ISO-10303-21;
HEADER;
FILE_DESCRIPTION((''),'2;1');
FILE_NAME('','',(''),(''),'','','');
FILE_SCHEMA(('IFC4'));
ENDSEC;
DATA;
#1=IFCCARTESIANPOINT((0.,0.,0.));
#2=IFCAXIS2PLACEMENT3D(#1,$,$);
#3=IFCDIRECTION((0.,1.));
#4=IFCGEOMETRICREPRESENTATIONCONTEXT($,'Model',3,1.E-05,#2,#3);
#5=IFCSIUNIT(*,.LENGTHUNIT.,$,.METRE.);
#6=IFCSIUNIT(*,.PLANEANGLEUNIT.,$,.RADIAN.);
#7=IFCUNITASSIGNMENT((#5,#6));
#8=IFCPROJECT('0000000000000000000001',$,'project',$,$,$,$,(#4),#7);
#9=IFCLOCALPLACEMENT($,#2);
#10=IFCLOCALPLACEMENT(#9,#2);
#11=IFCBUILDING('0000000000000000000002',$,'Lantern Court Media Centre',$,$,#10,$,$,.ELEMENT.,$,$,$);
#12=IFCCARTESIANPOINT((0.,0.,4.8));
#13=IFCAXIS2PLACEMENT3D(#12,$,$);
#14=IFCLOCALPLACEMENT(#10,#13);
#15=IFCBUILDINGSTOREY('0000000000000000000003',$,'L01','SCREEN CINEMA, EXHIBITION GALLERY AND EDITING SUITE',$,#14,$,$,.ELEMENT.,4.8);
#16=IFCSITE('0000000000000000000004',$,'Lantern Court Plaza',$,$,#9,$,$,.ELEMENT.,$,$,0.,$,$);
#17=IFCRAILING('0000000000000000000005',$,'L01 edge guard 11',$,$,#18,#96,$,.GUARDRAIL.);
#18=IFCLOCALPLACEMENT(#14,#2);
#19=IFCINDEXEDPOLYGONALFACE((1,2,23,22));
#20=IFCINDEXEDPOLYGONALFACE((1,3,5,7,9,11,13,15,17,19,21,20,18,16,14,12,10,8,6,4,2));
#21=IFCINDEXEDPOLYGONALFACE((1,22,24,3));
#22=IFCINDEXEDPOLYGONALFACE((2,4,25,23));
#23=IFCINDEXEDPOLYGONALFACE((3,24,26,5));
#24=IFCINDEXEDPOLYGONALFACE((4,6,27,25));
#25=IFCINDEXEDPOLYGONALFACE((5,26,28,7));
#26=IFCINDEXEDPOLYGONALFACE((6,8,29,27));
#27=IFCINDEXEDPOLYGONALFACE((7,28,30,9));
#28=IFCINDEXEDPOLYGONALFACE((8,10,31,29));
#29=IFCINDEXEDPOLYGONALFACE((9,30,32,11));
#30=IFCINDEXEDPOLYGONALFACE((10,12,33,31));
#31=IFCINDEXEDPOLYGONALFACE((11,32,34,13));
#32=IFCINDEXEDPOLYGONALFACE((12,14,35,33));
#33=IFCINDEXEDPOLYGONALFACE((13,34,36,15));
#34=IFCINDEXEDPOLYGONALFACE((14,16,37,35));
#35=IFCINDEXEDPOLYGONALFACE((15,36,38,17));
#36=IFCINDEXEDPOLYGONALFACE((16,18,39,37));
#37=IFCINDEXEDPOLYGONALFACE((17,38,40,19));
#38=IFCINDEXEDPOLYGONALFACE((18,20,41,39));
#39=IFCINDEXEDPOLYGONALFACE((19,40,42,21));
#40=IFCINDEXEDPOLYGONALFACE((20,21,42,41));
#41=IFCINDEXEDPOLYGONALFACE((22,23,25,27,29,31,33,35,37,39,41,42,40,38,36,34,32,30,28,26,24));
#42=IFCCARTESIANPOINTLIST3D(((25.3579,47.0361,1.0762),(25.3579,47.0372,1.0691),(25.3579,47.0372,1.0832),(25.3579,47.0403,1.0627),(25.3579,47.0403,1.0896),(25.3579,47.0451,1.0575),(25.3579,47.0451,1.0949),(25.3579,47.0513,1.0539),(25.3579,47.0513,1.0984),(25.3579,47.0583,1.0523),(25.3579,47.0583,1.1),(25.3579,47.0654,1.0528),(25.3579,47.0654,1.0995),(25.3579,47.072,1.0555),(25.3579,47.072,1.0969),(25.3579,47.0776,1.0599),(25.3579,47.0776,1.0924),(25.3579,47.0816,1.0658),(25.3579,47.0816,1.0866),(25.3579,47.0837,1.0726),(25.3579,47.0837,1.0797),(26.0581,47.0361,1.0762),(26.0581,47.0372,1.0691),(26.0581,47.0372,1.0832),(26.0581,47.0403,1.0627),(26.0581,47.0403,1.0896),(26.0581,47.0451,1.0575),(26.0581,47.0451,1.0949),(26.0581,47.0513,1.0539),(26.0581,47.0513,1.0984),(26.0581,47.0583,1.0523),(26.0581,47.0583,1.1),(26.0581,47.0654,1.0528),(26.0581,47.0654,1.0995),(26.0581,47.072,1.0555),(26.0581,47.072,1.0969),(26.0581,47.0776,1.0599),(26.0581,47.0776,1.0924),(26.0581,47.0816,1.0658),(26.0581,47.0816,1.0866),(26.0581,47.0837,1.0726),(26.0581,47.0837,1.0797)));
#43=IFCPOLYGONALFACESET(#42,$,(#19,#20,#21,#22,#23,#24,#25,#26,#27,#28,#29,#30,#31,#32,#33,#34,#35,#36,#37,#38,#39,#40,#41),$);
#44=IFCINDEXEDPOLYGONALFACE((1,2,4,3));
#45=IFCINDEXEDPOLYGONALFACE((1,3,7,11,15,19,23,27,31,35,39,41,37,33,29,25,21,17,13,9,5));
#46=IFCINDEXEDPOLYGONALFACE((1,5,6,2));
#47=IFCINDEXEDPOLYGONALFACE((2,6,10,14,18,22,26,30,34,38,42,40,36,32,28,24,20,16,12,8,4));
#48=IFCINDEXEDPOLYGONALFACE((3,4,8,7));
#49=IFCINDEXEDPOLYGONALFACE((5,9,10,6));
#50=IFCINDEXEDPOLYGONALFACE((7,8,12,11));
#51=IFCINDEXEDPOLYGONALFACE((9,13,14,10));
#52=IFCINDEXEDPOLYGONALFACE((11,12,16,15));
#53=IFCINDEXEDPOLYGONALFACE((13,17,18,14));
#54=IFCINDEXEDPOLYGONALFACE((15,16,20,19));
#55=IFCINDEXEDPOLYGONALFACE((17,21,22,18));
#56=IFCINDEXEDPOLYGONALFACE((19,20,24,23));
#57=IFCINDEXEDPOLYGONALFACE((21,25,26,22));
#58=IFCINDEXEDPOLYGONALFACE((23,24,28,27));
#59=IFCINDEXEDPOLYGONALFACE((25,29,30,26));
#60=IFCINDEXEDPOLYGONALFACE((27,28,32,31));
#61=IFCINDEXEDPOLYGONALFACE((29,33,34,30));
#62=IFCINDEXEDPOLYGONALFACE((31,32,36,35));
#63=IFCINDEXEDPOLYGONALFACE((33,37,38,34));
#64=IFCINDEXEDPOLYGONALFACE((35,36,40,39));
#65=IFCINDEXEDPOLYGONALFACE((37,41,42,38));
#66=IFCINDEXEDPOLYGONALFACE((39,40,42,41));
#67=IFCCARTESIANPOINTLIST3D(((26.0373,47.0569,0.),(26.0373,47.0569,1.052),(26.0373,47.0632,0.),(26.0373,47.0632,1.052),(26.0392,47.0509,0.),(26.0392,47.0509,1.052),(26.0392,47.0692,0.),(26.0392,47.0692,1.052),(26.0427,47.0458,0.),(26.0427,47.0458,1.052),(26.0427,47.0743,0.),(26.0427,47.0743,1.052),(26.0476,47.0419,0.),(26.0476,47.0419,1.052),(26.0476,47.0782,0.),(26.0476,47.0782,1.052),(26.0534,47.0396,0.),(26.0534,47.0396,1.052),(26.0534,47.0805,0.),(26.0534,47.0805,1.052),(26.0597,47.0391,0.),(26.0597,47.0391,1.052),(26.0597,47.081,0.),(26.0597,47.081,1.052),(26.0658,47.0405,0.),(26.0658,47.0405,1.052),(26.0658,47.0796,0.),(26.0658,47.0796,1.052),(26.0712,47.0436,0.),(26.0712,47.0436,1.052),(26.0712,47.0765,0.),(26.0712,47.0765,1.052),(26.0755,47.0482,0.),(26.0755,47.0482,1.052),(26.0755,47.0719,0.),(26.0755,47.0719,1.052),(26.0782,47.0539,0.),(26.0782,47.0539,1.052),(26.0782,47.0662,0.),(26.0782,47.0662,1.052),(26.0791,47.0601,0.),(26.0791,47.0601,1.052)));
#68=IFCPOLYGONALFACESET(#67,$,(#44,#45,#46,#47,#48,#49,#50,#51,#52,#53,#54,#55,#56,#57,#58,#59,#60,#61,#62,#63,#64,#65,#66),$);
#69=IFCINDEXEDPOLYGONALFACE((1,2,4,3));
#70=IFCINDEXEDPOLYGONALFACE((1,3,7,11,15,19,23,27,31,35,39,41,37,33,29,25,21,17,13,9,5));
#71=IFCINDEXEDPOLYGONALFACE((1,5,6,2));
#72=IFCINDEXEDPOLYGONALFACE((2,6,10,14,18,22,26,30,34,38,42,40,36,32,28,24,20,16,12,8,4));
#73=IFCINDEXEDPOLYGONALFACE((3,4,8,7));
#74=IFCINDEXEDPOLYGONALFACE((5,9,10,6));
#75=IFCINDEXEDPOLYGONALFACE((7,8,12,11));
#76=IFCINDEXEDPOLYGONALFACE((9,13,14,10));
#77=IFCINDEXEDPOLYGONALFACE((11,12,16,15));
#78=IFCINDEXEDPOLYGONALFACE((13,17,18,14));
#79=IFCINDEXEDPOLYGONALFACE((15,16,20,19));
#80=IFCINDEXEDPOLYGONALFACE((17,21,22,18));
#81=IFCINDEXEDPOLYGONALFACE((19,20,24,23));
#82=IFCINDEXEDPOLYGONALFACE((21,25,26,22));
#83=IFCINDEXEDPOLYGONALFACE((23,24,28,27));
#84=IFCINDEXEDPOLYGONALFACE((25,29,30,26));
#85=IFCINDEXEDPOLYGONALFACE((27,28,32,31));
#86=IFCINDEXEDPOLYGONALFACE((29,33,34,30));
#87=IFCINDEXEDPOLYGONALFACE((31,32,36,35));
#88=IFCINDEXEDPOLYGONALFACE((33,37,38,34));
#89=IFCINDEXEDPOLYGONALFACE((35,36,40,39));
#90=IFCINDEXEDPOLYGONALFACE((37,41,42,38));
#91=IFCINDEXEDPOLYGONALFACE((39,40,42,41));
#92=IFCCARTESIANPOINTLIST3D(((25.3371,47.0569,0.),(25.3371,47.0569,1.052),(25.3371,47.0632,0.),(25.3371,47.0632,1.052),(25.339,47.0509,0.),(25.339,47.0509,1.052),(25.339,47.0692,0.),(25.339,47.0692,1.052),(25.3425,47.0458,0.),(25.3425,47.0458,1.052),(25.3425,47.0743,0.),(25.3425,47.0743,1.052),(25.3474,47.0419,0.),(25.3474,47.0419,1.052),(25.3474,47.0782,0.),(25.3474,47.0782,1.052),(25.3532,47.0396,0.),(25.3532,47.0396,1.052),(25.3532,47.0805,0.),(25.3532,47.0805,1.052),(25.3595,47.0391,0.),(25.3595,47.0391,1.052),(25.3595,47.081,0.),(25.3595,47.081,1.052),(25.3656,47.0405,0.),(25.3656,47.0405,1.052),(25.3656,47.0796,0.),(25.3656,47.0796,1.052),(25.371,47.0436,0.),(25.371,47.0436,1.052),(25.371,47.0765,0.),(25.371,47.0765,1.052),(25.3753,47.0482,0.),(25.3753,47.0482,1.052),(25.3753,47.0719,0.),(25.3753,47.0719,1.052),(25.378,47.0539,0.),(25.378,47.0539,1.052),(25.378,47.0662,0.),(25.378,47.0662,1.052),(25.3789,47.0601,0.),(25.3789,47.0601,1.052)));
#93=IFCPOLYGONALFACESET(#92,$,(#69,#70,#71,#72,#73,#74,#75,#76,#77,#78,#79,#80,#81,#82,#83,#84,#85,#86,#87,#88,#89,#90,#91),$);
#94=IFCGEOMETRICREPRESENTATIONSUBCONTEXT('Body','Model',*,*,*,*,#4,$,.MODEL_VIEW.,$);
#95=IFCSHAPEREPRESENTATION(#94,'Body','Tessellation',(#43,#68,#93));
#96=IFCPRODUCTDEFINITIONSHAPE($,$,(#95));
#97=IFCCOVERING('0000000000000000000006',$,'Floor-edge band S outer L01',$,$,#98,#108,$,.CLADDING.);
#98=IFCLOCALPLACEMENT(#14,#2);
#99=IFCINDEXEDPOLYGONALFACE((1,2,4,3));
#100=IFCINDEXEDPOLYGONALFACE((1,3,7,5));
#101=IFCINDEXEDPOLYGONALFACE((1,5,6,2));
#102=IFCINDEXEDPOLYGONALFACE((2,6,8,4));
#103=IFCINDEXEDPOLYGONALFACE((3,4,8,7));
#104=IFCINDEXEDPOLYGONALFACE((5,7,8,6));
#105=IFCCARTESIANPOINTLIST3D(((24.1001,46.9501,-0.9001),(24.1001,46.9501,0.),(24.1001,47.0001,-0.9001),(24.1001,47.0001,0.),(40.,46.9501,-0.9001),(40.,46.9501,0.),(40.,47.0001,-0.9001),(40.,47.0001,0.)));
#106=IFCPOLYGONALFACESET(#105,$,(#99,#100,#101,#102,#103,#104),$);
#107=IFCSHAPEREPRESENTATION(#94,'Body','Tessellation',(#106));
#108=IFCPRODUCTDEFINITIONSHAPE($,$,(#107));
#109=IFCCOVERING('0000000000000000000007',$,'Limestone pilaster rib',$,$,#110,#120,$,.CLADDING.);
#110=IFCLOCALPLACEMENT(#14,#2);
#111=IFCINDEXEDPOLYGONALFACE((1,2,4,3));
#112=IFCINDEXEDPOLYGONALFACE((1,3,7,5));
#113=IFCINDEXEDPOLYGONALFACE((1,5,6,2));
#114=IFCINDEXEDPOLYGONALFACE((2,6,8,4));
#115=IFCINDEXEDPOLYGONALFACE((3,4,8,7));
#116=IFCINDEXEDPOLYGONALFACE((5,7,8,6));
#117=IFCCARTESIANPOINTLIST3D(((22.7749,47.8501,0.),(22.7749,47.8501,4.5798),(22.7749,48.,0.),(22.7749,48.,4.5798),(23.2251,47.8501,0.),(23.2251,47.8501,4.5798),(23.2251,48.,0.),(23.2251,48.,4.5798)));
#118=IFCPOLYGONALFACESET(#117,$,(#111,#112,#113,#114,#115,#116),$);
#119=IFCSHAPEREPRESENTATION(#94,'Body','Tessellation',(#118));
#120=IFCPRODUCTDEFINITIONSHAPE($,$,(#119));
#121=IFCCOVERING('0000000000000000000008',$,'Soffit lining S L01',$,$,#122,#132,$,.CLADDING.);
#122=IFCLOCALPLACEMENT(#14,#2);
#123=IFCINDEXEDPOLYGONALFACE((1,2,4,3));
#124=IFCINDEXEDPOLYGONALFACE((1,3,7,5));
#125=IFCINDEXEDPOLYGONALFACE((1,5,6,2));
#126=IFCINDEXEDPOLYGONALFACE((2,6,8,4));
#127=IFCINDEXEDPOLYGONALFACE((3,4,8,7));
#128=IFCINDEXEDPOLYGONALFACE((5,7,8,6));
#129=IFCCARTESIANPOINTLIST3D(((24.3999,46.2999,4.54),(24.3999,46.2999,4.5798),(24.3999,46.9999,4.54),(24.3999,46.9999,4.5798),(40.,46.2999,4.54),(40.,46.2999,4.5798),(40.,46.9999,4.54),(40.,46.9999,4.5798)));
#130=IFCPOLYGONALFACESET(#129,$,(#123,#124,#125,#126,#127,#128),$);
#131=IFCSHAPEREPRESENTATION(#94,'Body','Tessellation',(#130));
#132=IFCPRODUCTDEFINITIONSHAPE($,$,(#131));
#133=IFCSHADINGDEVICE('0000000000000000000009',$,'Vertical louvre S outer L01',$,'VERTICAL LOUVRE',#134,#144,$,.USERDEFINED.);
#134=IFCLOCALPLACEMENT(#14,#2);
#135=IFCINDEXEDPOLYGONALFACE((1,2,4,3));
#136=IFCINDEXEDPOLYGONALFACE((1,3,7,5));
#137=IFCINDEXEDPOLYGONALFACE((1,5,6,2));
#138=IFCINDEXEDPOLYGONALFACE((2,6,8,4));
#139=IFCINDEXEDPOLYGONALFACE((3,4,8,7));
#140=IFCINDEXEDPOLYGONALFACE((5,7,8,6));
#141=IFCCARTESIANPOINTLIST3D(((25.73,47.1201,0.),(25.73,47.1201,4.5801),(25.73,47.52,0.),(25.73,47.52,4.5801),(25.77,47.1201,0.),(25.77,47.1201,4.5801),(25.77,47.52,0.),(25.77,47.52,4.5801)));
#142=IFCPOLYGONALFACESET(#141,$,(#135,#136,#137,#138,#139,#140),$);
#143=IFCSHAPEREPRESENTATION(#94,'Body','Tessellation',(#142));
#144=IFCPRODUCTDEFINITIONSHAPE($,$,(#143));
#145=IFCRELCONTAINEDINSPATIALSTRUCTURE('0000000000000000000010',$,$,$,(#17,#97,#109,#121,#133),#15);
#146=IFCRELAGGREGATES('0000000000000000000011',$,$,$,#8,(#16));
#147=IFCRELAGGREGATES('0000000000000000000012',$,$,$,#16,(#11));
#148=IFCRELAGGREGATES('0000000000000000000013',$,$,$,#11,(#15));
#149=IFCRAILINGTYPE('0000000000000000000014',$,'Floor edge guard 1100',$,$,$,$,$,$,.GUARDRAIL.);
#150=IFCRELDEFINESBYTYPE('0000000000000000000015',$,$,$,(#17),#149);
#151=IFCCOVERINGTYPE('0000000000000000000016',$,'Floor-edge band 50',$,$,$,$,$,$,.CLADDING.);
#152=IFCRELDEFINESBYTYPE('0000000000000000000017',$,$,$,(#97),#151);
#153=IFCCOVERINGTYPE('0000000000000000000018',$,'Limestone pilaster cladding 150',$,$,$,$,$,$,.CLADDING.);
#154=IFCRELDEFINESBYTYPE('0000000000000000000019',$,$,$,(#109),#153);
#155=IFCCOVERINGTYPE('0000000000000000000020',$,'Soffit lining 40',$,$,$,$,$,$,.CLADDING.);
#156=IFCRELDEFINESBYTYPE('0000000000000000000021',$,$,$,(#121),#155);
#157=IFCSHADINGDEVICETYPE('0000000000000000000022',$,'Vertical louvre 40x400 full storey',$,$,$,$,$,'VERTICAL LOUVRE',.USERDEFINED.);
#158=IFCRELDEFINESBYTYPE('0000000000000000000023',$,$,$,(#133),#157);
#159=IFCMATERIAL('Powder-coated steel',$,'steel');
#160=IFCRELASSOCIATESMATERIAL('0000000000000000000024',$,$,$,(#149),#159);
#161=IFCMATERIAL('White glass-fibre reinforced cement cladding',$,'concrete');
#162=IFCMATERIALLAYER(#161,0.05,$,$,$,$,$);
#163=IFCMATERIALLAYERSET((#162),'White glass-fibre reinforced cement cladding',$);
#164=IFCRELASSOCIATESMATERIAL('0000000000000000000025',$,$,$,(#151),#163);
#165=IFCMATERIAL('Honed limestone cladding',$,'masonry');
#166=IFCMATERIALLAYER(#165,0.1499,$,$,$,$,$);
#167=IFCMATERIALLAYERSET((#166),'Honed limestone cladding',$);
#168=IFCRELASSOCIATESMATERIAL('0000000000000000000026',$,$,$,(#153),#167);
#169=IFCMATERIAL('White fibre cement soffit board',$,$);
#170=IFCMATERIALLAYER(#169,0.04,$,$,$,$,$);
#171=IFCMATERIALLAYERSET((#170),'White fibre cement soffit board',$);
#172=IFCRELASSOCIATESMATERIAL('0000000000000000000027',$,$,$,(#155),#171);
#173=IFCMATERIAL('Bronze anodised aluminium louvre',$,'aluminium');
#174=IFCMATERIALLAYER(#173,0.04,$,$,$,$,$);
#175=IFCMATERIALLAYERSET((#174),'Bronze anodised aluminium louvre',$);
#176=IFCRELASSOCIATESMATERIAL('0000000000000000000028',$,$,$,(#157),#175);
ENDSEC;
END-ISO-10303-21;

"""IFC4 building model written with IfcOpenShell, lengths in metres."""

from ifc_helpers import new_model, si_unit, direction, frame, frame_2d, origin, origin_2d, place, context, subcontext, project, spatial, rectangle, circle, extrude, material, layer, layer_set, type_object, element, save


model = new_model("IFC4")

# Units and contexts
model_context = context("Model", 3, precision=1e-05, world=origin(), true_north=direction((0.0, 1.0)))
body_context = subcontext(model_context, "Body", "Model", "MODEL_VIEW")
ifc_project = project(units=[si_unit("LENGTHUNIT", "METRE"), si_unit("PLANEANGLEUNIT", "RADIAN")], contexts=[model_context])

# Site, building, storey
site_placement = place(None, origin())
site = spatial("IfcSite", under=ifc_project, at=site_placement, Name="Lantern Court Plaza", CompositionType="ELEMENT", RefElevation=0.0)
building_placement = place(site_placement, origin())
building = spatial("IfcBuilding", under=site, at=building_placement, Name="Lantern Court Media Centre", CompositionType="ELEMENT")
storey_placement = place(building_placement, frame((0.0, 0.0, 4.8)))
storey = spatial("IfcBuildingStorey", under=building, at=storey_placement, Name="L01", Description="SCREEN CINEMA, EXHIBITION GALLERY AND EDITING SUITE", CompositionType="ELEMENT", Elevation=4.8)

# Railing
ifc_material_1 = material(Name="Powder-coated steel", Category="steel")
railing_type = type_object("IfcRailingType", Name="Floor edge guard 1100", PredefinedType="GUARDRAIL", material=ifc_material_1)
railing_placement = place(storey_placement, frame((26.0581, 47.0601, 0.0)))
element("IfcRailing", 1, at=railing_placement, inside=storey, type_object=railing_type, Name="L01 edge guard 11", PredefinedType="GUARDRAIL", context=body_context, shape_type="SweptSolid", body=[
    extrude(circle(Radius=0.0239, at=origin_2d()), frame((0.0, 0.0, 1.0762), z_axis=(-1.0, 0.0, 0.0), x_axis=(0.0, -1.0, 0.0)), (0.0, 0.0, 1.0), 0.7002),
    extrude(circle(Radius=0.021, at=origin_2d()), origin(), (0.0, 0.0, 1.0), 1.052),
    extrude(circle(Radius=0.021, at=origin_2d()), frame((-0.7002, 0.0, 0.0)), (0.0, 0.0, 1.0), 1.052),
])

# Coverings
ifc_material_2 = material(Name="White glass-fibre reinforced cement cladding", Category="concrete")
ifc_layer_1 = layer(ifc_material_2, 0.05)
ifc_layer_set_1 = layer_set([ifc_layer_1], Name="White glass-fibre reinforced cement cladding")
covering_type_1 = type_object("IfcCoveringType", Name="Floor-edge band 50", PredefinedType="CLADDING", material=ifc_layer_set_1)
covering_1_placement = place(storey_placement, frame((24.1001, 46.9751, -0.9001), z_axis=(0.0, 0.0, 1.0), x_axis=(1.0, 0.0, 0.0)))
element("IfcCovering", 2, at=covering_1_placement, inside=storey, type_object=covering_type_1, Name="Floor-edge band S outer L01", PredefinedType="CLADDING", context=body_context, shape_type="SweptSolid", body=[
    extrude(rectangle(XDim=15.8999, YDim=0.05, at=frame_2d((7.95, 0.0))), origin(), (0.0, 0.0, 1.0), 0.9001),
])
ifc_material_3 = material(Name="Honed limestone cladding", Category="masonry")
ifc_layer_2 = layer(ifc_material_3, 0.1499)
ifc_layer_set_2 = layer_set([ifc_layer_2], Name="Honed limestone cladding")
covering_type_2 = type_object("IfcCoveringType", Name="Limestone pilaster cladding 150", PredefinedType="CLADDING", material=ifc_layer_set_2)
covering_2_placement = place(storey_placement, frame((22.7749, 47.925, 0.0), z_axis=(0.0, 0.0, 1.0), x_axis=(1.0, 0.0, 0.0)))
element("IfcCovering", 3, at=covering_2_placement, inside=storey, type_object=covering_type_2, Name="Limestone pilaster rib", PredefinedType="CLADDING", context=body_context, shape_type="SweptSolid", body=[
    extrude(rectangle(XDim=0.4502, YDim=0.1499, at=frame_2d((0.2251, 0.0))), origin(), (0.0, 0.0, 1.0), 4.5798),
])
ifc_material_4 = material(Name="White fibre cement soffit board")
ifc_layer_3 = layer(ifc_material_4, 0.04)
ifc_layer_set_3 = layer_set([ifc_layer_3], Name="White fibre cement soffit board")
covering_type_3 = type_object("IfcCoveringType", Name="Soffit lining 40", PredefinedType="CLADDING", material=ifc_layer_set_3)
covering_3_placement = place(storey_placement, frame((24.3999, 46.6499, 4.54), z_axis=(0.0, 0.0, 1.0), x_axis=(1.0, 0.0, 0.0)))
element("IfcCovering", 4, at=covering_3_placement, inside=storey, type_object=covering_type_3, Name="Soffit lining S L01", PredefinedType="CLADDING", context=body_context, shape_type="SweptSolid", body=[
    extrude(rectangle(XDim=15.6001, YDim=0.7, at=frame_2d((7.8, 0.0))), origin(), (0.0, 0.0, 1.0), 0.0398),
])

# Shading device
ifc_material_5 = material(Name="Bronze anodised aluminium louvre", Category="aluminium")
ifc_layer_4 = layer(ifc_material_5, 0.04)
ifc_layer_set_4 = layer_set([ifc_layer_4], Name="Bronze anodised aluminium louvre")
shading_device_type = type_object("IfcShadingDeviceType", Name="Vertical louvre 40x400 full storey", ElementType="VERTICAL LOUVRE", PredefinedType="USERDEFINED", material=ifc_layer_set_4)
shading_device_placement = place(storey_placement, frame((25.75, 47.3201, 0.0), z_axis=(0.0, 0.0, 1.0), x_axis=(1.0, 0.0, 0.0)))
element("IfcShadingDevice", 5, at=shading_device_placement, inside=storey, type_object=shading_device_type, Name="Vertical louvre S outer L01", ObjectType="VERTICAL LOUVRE", PredefinedType="USERDEFINED", context=body_context, shape_type="SweptSolid", body=[
    extrude(rectangle(XDim=0.04, YDim=0.3999, at=origin_2d()), origin(), (0.0, 0.0, 1.0), 4.5801),
])

save(model, "model.ifc")
